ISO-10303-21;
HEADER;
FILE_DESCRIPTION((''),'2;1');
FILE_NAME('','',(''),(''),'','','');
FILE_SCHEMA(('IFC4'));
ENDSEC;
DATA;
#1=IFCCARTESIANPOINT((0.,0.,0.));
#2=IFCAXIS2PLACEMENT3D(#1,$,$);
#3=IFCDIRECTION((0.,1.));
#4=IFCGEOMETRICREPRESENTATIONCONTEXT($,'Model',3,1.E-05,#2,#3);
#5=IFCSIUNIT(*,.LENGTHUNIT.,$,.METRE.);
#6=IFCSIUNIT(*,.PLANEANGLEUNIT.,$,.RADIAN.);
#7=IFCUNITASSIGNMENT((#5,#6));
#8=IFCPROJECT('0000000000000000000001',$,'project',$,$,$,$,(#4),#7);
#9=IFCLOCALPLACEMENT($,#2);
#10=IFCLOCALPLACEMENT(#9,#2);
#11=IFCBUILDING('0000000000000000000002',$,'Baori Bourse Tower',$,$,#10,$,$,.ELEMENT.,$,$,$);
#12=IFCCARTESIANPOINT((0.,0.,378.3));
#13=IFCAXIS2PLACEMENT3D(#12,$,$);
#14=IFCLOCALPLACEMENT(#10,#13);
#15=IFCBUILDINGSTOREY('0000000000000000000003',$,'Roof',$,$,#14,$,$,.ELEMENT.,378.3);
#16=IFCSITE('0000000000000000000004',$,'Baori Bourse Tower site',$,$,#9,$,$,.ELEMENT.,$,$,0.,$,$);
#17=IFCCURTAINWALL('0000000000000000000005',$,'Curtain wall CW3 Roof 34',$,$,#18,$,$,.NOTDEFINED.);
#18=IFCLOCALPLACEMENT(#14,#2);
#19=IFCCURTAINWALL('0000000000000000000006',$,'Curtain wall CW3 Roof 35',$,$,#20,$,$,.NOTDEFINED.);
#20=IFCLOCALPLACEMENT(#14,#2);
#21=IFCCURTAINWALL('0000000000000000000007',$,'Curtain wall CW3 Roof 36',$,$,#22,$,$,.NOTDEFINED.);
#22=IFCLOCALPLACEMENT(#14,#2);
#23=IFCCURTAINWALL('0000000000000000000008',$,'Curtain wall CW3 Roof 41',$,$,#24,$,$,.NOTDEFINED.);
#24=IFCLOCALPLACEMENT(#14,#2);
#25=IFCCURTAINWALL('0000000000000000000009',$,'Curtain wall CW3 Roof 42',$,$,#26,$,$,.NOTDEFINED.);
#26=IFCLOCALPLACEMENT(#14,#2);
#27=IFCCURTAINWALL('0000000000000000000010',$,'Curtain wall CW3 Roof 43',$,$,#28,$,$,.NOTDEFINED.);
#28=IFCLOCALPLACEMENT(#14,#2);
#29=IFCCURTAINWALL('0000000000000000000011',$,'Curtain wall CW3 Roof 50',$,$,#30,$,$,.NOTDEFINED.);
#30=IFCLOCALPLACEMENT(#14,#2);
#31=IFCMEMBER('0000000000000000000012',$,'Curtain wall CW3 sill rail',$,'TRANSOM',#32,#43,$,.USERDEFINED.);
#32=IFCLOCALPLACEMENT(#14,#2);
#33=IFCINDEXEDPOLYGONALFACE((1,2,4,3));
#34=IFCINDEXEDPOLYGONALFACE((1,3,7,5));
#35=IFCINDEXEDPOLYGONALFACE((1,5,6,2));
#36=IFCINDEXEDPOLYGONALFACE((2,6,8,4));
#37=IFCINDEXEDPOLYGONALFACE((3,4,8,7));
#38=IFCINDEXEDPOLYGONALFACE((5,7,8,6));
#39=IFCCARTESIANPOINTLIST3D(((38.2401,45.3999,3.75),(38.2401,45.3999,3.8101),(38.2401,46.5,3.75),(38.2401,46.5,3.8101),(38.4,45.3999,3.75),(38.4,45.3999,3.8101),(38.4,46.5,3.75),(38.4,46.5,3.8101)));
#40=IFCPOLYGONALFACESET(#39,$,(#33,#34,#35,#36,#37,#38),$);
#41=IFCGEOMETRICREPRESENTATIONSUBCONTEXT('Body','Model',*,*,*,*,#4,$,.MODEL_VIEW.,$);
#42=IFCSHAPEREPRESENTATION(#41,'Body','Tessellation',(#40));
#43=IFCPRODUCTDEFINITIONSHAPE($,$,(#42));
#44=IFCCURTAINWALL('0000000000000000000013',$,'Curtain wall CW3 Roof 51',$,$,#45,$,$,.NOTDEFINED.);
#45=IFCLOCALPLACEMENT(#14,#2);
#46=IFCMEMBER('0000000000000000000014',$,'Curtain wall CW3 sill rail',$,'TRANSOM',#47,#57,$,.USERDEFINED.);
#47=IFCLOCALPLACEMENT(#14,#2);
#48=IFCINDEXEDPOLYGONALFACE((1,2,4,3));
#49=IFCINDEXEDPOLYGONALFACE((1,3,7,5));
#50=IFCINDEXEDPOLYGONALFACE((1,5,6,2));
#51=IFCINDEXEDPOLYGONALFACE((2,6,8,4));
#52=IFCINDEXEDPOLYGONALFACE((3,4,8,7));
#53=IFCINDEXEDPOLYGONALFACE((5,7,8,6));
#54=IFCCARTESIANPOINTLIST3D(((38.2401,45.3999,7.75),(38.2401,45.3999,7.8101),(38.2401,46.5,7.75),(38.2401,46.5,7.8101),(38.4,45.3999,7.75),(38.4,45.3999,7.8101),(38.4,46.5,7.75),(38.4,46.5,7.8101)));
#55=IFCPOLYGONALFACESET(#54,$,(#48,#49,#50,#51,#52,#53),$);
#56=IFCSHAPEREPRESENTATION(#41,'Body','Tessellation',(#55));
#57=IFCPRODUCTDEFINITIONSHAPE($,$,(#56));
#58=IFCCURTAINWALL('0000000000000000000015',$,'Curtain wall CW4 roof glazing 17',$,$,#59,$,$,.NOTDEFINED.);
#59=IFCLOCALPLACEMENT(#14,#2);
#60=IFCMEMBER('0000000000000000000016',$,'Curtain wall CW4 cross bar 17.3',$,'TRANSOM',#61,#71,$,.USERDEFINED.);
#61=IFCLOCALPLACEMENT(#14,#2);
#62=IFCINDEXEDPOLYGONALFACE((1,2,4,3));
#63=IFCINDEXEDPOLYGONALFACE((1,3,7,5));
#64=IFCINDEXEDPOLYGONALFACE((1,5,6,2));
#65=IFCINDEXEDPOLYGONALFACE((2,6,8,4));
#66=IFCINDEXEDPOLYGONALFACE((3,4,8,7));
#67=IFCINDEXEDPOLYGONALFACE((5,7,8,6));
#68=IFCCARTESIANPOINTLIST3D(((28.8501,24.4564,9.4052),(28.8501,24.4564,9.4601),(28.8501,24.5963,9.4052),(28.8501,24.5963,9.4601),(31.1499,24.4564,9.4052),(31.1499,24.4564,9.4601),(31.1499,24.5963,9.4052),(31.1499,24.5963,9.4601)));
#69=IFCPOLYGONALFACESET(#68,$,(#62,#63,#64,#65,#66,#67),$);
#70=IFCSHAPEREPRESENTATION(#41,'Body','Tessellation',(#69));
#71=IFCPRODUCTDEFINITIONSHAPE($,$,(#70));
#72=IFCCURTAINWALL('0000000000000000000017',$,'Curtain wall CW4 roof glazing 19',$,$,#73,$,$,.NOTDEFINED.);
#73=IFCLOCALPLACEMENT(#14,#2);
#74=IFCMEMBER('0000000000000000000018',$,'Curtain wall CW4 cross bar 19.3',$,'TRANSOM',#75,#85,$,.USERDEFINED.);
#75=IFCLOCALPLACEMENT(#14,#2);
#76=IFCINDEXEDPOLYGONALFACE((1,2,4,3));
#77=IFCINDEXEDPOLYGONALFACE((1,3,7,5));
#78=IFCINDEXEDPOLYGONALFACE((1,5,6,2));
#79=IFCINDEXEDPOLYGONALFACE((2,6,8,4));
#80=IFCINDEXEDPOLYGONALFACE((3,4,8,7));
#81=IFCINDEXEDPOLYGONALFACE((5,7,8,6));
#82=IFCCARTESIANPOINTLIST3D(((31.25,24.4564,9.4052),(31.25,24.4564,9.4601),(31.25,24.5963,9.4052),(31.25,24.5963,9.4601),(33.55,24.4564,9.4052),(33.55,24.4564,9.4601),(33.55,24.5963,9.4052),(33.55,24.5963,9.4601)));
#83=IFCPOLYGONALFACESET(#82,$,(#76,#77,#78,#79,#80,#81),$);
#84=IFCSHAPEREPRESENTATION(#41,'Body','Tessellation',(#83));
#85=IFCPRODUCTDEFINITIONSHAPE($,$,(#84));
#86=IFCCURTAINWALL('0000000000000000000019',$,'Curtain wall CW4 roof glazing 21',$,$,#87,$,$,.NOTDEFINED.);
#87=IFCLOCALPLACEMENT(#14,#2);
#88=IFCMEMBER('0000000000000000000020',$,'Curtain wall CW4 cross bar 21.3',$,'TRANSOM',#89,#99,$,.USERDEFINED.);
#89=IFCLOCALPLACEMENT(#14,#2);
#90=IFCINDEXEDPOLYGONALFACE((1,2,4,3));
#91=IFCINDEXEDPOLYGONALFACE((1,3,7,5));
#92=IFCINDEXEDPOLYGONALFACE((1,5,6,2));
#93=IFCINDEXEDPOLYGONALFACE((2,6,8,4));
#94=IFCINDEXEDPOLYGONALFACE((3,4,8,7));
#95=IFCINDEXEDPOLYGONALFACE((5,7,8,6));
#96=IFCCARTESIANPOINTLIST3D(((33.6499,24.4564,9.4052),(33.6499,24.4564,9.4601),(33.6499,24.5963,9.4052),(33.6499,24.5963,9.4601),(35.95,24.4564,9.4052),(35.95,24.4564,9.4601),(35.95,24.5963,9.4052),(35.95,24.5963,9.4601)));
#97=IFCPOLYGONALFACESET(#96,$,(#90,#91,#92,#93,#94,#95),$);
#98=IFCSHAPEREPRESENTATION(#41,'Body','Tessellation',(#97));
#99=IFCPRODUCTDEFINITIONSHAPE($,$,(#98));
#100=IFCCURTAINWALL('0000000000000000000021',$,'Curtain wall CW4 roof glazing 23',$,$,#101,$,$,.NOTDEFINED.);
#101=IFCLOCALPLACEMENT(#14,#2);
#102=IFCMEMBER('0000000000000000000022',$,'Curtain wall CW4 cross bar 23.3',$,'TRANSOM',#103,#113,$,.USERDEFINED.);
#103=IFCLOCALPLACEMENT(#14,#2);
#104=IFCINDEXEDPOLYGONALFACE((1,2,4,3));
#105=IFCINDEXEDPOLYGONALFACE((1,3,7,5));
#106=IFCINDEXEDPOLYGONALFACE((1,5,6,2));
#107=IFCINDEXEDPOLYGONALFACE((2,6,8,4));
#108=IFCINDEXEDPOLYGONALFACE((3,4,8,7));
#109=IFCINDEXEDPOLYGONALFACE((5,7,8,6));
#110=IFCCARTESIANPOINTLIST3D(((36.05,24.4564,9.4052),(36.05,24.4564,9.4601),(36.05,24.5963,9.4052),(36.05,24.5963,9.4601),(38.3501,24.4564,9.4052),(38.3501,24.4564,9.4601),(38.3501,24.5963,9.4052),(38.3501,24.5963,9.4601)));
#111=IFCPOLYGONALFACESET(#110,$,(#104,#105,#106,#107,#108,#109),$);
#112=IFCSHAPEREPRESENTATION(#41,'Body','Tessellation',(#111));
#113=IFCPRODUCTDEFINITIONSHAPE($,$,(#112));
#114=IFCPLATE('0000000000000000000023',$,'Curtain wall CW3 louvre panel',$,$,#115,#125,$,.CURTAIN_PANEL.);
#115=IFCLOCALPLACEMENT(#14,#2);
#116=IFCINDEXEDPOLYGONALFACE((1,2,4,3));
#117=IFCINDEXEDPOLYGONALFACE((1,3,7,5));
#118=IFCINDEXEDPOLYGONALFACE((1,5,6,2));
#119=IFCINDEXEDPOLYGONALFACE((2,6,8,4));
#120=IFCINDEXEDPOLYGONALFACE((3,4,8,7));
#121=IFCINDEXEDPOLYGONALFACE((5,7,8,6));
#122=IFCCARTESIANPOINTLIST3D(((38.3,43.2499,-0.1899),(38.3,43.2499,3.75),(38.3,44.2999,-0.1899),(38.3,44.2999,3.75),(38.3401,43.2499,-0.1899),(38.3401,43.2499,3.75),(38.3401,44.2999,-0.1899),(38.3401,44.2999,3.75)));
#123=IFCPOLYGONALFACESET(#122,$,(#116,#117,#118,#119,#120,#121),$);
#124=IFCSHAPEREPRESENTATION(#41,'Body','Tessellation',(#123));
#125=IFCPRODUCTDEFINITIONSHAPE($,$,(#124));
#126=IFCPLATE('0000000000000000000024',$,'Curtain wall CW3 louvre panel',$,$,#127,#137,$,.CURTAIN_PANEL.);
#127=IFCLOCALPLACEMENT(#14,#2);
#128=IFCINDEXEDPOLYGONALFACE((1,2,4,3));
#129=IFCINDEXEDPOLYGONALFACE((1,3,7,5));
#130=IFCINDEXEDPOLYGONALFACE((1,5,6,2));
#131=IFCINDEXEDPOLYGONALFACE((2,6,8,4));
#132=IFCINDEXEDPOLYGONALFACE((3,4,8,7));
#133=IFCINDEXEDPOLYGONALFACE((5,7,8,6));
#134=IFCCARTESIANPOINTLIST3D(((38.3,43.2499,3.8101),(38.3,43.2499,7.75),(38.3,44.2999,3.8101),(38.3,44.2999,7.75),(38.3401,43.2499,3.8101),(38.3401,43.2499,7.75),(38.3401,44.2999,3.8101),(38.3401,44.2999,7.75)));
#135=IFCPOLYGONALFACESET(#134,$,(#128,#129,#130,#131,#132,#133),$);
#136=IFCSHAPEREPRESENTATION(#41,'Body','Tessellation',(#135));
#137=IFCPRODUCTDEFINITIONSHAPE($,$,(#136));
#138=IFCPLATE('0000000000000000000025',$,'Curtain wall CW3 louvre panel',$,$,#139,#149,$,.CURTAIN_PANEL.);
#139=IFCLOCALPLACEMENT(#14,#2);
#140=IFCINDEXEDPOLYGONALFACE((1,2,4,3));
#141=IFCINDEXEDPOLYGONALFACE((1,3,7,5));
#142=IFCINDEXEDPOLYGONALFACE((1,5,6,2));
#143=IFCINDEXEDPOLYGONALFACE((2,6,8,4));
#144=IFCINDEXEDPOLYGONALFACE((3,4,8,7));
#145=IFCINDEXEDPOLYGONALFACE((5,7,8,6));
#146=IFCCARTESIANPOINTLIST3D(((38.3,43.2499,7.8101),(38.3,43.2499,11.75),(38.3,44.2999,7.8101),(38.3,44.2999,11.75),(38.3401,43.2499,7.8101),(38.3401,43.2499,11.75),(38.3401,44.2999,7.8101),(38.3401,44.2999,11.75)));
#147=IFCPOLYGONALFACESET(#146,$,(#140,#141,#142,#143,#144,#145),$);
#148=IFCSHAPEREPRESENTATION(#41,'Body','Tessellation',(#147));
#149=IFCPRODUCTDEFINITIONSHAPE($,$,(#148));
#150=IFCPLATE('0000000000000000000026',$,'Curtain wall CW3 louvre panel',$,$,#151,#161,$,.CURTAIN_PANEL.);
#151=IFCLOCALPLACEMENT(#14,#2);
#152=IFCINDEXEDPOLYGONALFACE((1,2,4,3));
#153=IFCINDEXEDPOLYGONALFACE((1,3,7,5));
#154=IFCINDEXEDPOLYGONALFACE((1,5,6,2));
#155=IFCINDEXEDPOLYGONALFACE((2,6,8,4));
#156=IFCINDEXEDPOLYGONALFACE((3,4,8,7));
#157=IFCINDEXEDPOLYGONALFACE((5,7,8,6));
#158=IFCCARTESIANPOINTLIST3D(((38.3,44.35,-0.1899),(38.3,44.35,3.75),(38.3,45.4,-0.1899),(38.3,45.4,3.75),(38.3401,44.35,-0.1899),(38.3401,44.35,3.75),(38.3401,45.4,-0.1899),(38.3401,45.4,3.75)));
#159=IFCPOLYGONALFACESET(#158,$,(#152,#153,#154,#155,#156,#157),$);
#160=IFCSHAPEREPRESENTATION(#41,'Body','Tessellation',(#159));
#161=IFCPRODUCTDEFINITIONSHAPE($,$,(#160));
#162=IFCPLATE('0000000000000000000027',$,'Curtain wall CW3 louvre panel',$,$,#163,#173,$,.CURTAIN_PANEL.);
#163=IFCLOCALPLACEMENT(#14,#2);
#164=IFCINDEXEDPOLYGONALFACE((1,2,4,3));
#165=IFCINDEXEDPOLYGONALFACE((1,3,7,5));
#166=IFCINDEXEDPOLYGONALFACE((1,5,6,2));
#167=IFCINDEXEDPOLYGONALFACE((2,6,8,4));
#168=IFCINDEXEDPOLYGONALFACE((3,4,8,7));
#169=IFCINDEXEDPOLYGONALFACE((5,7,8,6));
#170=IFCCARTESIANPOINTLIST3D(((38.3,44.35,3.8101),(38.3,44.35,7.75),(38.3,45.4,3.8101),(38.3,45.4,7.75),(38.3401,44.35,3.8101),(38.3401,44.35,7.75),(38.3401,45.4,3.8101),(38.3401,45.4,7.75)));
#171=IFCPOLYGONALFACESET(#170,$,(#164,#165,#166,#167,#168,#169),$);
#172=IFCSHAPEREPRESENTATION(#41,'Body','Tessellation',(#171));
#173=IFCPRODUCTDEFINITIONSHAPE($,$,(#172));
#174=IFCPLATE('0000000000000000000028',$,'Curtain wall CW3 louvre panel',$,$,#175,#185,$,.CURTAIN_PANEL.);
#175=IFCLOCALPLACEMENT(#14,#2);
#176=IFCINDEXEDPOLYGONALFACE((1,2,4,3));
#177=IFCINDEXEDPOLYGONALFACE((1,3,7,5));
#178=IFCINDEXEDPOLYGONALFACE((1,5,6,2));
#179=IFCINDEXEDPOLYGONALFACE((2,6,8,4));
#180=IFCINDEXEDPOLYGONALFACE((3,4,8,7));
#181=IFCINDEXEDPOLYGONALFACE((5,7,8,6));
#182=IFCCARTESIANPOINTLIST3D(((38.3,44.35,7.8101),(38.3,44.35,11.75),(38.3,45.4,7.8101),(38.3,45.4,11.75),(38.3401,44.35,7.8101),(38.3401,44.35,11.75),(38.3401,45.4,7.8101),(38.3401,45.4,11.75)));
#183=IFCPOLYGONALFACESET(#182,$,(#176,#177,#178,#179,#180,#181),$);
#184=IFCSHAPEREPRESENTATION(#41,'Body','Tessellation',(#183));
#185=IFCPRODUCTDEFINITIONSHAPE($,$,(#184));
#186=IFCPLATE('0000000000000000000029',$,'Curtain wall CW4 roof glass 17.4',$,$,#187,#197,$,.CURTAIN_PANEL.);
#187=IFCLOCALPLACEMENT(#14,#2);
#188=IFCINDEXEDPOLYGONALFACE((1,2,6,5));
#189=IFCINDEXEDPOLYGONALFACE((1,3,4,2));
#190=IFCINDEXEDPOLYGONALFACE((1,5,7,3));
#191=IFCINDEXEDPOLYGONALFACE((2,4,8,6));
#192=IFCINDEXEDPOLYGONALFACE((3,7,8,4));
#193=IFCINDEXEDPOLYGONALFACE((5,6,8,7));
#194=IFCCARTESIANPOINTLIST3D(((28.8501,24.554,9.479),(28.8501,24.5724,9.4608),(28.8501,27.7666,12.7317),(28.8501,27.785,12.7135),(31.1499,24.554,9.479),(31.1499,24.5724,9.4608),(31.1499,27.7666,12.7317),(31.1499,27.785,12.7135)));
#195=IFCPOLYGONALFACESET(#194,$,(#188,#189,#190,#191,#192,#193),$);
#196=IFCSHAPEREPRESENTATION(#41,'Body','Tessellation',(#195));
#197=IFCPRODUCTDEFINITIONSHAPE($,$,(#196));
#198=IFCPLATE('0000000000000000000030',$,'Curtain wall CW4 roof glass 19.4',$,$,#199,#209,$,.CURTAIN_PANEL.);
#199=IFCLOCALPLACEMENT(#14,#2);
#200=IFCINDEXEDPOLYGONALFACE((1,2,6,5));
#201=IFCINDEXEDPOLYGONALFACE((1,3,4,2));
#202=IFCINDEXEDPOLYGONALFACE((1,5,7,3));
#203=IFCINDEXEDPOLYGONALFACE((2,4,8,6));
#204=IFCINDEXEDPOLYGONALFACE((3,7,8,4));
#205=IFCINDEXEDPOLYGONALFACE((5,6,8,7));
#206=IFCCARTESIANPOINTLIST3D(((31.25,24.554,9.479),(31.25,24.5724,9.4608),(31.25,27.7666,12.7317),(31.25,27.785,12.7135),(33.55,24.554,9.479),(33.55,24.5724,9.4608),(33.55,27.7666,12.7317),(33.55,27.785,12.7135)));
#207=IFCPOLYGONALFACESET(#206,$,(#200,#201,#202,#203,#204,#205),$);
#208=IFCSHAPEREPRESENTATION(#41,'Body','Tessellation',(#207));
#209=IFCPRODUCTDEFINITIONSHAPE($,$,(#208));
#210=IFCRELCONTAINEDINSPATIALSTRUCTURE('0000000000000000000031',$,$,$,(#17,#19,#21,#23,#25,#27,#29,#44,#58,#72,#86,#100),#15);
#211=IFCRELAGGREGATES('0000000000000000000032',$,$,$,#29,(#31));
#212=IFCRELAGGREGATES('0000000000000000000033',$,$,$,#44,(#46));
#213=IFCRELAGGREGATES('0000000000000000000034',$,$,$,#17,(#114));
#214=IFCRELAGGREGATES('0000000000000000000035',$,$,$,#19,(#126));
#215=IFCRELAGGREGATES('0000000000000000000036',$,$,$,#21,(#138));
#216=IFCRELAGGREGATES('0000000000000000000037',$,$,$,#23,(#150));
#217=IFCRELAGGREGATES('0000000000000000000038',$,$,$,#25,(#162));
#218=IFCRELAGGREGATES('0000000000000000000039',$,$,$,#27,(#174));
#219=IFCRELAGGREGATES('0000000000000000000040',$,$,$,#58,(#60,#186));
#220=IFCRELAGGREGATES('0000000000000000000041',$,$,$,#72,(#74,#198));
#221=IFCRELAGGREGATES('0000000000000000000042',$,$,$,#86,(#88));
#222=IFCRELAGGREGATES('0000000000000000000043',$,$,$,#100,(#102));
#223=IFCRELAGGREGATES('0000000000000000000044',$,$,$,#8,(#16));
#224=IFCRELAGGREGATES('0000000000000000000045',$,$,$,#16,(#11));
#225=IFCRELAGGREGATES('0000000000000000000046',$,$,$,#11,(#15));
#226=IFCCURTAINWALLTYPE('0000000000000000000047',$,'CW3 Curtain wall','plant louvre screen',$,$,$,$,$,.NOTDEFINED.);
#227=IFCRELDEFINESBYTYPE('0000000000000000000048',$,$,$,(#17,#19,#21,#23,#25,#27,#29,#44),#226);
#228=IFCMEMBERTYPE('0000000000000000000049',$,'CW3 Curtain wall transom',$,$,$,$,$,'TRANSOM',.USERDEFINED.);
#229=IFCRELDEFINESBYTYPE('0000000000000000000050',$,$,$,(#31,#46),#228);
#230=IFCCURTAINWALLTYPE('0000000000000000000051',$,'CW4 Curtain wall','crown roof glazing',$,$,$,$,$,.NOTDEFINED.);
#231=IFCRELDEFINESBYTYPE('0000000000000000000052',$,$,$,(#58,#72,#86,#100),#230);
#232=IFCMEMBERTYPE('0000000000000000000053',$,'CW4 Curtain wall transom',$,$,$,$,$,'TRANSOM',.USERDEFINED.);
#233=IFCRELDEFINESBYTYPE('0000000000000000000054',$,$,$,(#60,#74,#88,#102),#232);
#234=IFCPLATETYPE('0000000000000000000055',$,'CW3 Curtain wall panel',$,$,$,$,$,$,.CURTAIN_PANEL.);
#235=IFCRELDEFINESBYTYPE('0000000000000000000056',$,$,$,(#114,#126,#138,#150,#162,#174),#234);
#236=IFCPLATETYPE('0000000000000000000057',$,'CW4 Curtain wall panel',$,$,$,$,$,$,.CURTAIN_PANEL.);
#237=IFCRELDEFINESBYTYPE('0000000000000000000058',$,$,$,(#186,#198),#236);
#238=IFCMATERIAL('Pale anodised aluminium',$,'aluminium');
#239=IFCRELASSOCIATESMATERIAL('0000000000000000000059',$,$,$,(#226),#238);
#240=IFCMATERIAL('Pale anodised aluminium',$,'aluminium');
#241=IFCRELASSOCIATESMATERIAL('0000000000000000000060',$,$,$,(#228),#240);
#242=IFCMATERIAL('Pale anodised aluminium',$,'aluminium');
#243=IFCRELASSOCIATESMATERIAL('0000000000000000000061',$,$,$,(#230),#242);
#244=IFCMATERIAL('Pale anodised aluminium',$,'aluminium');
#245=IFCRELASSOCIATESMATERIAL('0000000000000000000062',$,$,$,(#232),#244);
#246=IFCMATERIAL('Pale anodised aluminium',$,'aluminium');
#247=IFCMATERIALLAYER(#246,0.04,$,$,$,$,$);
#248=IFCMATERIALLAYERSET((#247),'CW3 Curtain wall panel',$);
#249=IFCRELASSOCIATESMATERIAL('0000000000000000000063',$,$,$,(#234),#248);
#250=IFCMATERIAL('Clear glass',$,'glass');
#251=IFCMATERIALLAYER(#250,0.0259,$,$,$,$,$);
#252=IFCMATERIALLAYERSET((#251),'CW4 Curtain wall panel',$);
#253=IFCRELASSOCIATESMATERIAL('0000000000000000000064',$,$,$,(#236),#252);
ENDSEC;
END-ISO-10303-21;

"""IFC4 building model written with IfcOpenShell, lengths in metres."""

from ifc_helpers import new_model, si_unit, direction, frame, origin, origin_2d, place, context, subcontext, project, spatial, polyline, rectangle, outline, extrude, material, layer, layer_set, material_profile, profile_set, type_object, element, aggregate, save


model = new_model("IFC4")

# Units and contexts
model_context = context("Model", 3, precision=1e-05, world=origin(), true_north=direction((0.0, 1.0)))
body_context = subcontext(model_context, "Body", "Model", "MODEL_VIEW")
ifc_project = project(units=[si_unit("LENGTHUNIT", "METRE"), si_unit("PLANEANGLEUNIT", "RADIAN")], contexts=[model_context])

# Site, building, storey
site_placement = place(None, origin())
site = spatial("IfcSite", under=ifc_project, at=site_placement, Name="Baori Bourse Tower site", CompositionType="ELEMENT", RefElevation=0.0)
building_placement = place(site_placement, origin())
building = spatial("IfcBuilding", under=site, at=building_placement, Name="Baori Bourse Tower", CompositionType="ELEMENT")
storey_placement = place(building_placement, frame((0.0, 0.0, 378.3)))
storey = spatial("IfcBuildingStorey", under=building, at=storey_placement, Name="Roof", CompositionType="ELEMENT", Elevation=378.3)

# Curtain walls
ifc_material_1 = material(Name="Pale anodised aluminium", Category="aluminium")
curtain_wall_type_1 = type_object("IfcCurtainWallType", Name="CW3 Curtain wall", Description="plant louvre screen", PredefinedType="NOTDEFINED", material=ifc_material_1)
curtain_wall_1_placement = place(storey_placement, origin())
curtain_wall_1 = element("IfcCurtainWall", 1, at=curtain_wall_1_placement, inside=storey, type_object=curtain_wall_type_1, Name="Curtain wall CW3 Roof 34", PredefinedType="NOTDEFINED")
curtain_wall_2_placement = place(storey_placement, origin())
curtain_wall_2 = element("IfcCurtainWall", 2, at=curtain_wall_2_placement, inside=storey, type_object=curtain_wall_type_1, Name="Curtain wall CW3 Roof 35", PredefinedType="NOTDEFINED")
curtain_wall_3_placement = place(storey_placement, origin())
curtain_wall_3 = element("IfcCurtainWall", 3, at=curtain_wall_3_placement, inside=storey, type_object=curtain_wall_type_1, Name="Curtain wall CW3 Roof 36", PredefinedType="NOTDEFINED")
curtain_wall_4_placement = place(storey_placement, origin())
curtain_wall_4 = element("IfcCurtainWall", 4, at=curtain_wall_4_placement, inside=storey, type_object=curtain_wall_type_1, Name="Curtain wall CW3 Roof 41", PredefinedType="NOTDEFINED")
curtain_wall_5_placement = place(storey_placement, origin())
curtain_wall_5 = element("IfcCurtainWall", 5, at=curtain_wall_5_placement, inside=storey, type_object=curtain_wall_type_1, Name="Curtain wall CW3 Roof 42", PredefinedType="NOTDEFINED")
curtain_wall_6_placement = place(storey_placement, origin())
curtain_wall_6 = element("IfcCurtainWall", 6, at=curtain_wall_6_placement, inside=storey, type_object=curtain_wall_type_1, Name="Curtain wall CW3 Roof 43", PredefinedType="NOTDEFINED")
curtain_wall_7_placement = place(storey_placement, origin())
curtain_wall_7 = element("IfcCurtainWall", 7, at=curtain_wall_7_placement, inside=storey, type_object=curtain_wall_type_1, Name="Curtain wall CW3 Roof 50", PredefinedType="NOTDEFINED")

# Member
ifc_material_2 = material(Name="Pale anodised aluminium", Category="aluminium")
ifc_material_profile_1 = material_profile(ifc_material_2, rectangle(XDim=0.1599, YDim=0.0601, at=origin_2d()), Name="Transom 60x160")
ifc_profile_set_1 = profile_set([ifc_material_profile_1], Name="Pale anodised aluminium")
member_type_1 = type_object("IfcMemberType", Name="CW3 Curtain wall transom", ElementType="TRANSOM", PredefinedType="USERDEFINED", material=ifc_profile_set_1)
member_1_placement = place(storey_placement, frame((38.3201, 45.3999, 3.78), z_axis=(0.0, 1.0, 0.0), x_axis=(-1.0, 0.0, 0.0)))
member_1 = element("IfcMember", 8, at=member_1_placement, type_object=member_type_1, Name="Curtain wall CW3 sill rail", ObjectType="TRANSOM", PredefinedType="USERDEFINED", context=body_context, shape_type="SweptSolid", body=[
    extrude(rectangle(XDim=0.1599, YDim=0.0601, at=origin_2d()), origin(), (0.0, 0.0, 1.0), 1.1001),
])
aggregate(curtain_wall_7, [member_1])

# Curtain walls, members
curtain_wall_8_placement = place(storey_placement, origin())
curtain_wall_8 = element("IfcCurtainWall", 9, at=curtain_wall_8_placement, inside=storey, type_object=curtain_wall_type_1, Name="Curtain wall CW3 Roof 51", PredefinedType="NOTDEFINED")
member_2_placement = place(storey_placement, frame((38.3201, 45.3999, 7.78), z_axis=(0.0, 1.0, 0.0), x_axis=(-1.0, 0.0, 0.0)))
member_2 = element("IfcMember", 10, at=member_2_placement, type_object=member_type_1, Name="Curtain wall CW3 sill rail", ObjectType="TRANSOM", PredefinedType="USERDEFINED", context=body_context, shape_type="SweptSolid", body=[
    extrude(rectangle(XDim=0.1599, YDim=0.0601, at=origin_2d()), origin(), (0.0, 0.0, 1.0), 1.1001),
])
aggregate(curtain_wall_8, [member_2])
ifc_material_3 = material(Name="Pale anodised aluminium", Category="aluminium")
curtain_wall_type_2 = type_object("IfcCurtainWallType", Name="CW4 Curtain wall", Description="crown roof glazing", PredefinedType="NOTDEFINED", material=ifc_material_3)
curtain_wall_9_placement = place(storey_placement, origin())
curtain_wall_9 = element("IfcCurtainWall", 11, at=curtain_wall_9_placement, inside=storey, type_object=curtain_wall_type_2, Name="Curtain wall CW4 roof glazing 17", PredefinedType="NOTDEFINED")
ifc_material_4 = material(Name="Pale anodised aluminium", Category="aluminium")
ifc_material_profile_2 = material_profile(ifc_material_4, rectangle(XDim=0.1399, YDim=0.0549, at=origin_2d()), Name="Transom 55x140")
ifc_profile_set_2 = profile_set([ifc_material_profile_2], Name="Pale anodised aluminium")
member_type_2 = type_object("IfcMemberType", Name="CW4 Curtain wall transom", ElementType="TRANSOM", PredefinedType="USERDEFINED", material=ifc_profile_set_2)
member_3_placement = place(storey_placement, frame((28.8501, 24.5264, 9.4326), z_axis=(1.0, 0.0, 0.0), x_axis=(0.0, 1.0, 0.0)))
member_3 = element("IfcMember", 12, at=member_3_placement, type_object=member_type_2, Name="Curtain wall CW4 cross bar 17.3", ObjectType="TRANSOM", PredefinedType="USERDEFINED", context=body_context, shape_type="SweptSolid", body=[
    extrude(rectangle(XDim=0.1399, YDim=0.0549, at=origin_2d()), origin(), (0.0, 0.0, 1.0), 2.2998),
])
curtain_wall_10_placement = place(storey_placement, origin())
curtain_wall_10 = element("IfcCurtainWall", 13, at=curtain_wall_10_placement, inside=storey, type_object=curtain_wall_type_2, Name="Curtain wall CW4 roof glazing 19", PredefinedType="NOTDEFINED")
member_4_placement = place(storey_placement, frame((31.25, 24.5264, 9.4326), z_axis=(1.0, 0.0, 0.0), x_axis=(0.0, 1.0, 0.0)))
member_4 = element("IfcMember", 14, at=member_4_placement, type_object=member_type_2, Name="Curtain wall CW4 cross bar 19.3", ObjectType="TRANSOM", PredefinedType="USERDEFINED", context=body_context, shape_type="SweptSolid", body=[
    extrude(rectangle(XDim=0.1399, YDim=0.0549, at=origin_2d()), origin(), (0.0, 0.0, 1.0), 2.3),
])
curtain_wall_11_placement = place(storey_placement, origin())
curtain_wall_11 = element("IfcCurtainWall", 15, at=curtain_wall_11_placement, inside=storey, type_object=curtain_wall_type_2, Name="Curtain wall CW4 roof glazing 21", PredefinedType="NOTDEFINED")
member_5_placement = place(storey_placement, frame((33.6499, 24.5264, 9.4326), z_axis=(1.0, 0.0, 0.0), x_axis=(0.0, 1.0, 0.0)))
member_5 = element("IfcMember", 16, at=member_5_placement, type_object=member_type_2, Name="Curtain wall CW4 cross bar 21.3", ObjectType="TRANSOM", PredefinedType="USERDEFINED", context=body_context, shape_type="SweptSolid", body=[
    extrude(rectangle(XDim=0.1399, YDim=0.0549, at=origin_2d()), origin(), (0.0, 0.0, 1.0), 2.3),
])
curtain_wall_12_placement = place(storey_placement, origin())
curtain_wall_12 = element("IfcCurtainWall", 17, at=curtain_wall_12_placement, inside=storey, type_object=curtain_wall_type_2, Name="Curtain wall CW4 roof glazing 23", PredefinedType="NOTDEFINED")
member_6_placement = place(storey_placement, frame((36.05, 24.5264, 9.4326), z_axis=(1.0, 0.0, 0.0), x_axis=(0.0, 1.0, 0.0)))
member_6 = element("IfcMember", 18, at=member_6_placement, type_object=member_type_2, Name="Curtain wall CW4 cross bar 23.3", ObjectType="TRANSOM", PredefinedType="USERDEFINED", context=body_context, shape_type="SweptSolid", body=[
    extrude(rectangle(XDim=0.1399, YDim=0.0549, at=origin_2d()), origin(), (0.0, 0.0, 1.0), 2.3),
])

# Plates
ifc_material_5 = material(Name="Pale anodised aluminium", Category="aluminium")
ifc_layer_1 = layer(ifc_material_5, 0.04)
ifc_layer_set_1 = layer_set([ifc_layer_1], Name="CW3 Curtain wall panel")
plate_type_1 = type_object("IfcPlateType", Name="CW3 Curtain wall panel", PredefinedType="CURTAIN_PANEL", material=ifc_layer_set_1)
plate_1_placement = place(storey_placement, frame((38.3201, 43.7749, -0.1899), z_axis=(0.0, 0.0, 1.0), x_axis=(0.0, 1.0, 0.0)))
plate_1 = element("IfcPlate", 19, at=plate_1_placement, type_object=plate_type_1, Name="Curtain wall CW3 louvre panel", PredefinedType="CURTAIN_PANEL", context=body_context, shape_type="SweptSolid", body=[
    extrude(rectangle(XDim=1.05, YDim=0.04, at=origin_2d()), origin(), (0.0, 0.0, 1.0), 3.9399),
])
aggregate(curtain_wall_1, [plate_1])
plate_2_placement = place(storey_placement, frame((38.3201, 43.7749, 3.8101), z_axis=(0.0, 0.0, 1.0), x_axis=(0.0, 1.0, 0.0)))
plate_2 = element("IfcPlate", 20, at=plate_2_placement, type_object=plate_type_1, Name="Curtain wall CW3 louvre panel", PredefinedType="CURTAIN_PANEL", context=body_context, shape_type="SweptSolid", body=[
    extrude(rectangle(XDim=1.05, YDim=0.04, at=origin_2d()), origin(), (0.0, 0.0, 1.0), 3.9399),
])
aggregate(curtain_wall_2, [plate_2])
plate_3_placement = place(storey_placement, frame((38.3201, 43.7749, 7.8101), z_axis=(0.0, 0.0, 1.0), x_axis=(0.0, 1.0, 0.0)))
plate_3 = element("IfcPlate", 21, at=plate_3_placement, type_object=plate_type_1, Name="Curtain wall CW3 louvre panel", PredefinedType="CURTAIN_PANEL", context=body_context, shape_type="SweptSolid", body=[
    extrude(rectangle(XDim=1.05, YDim=0.04, at=origin_2d()), origin(), (0.0, 0.0, 1.0), 3.9399),
])
aggregate(curtain_wall_3, [plate_3])
plate_4_placement = place(storey_placement, frame((38.3201, 44.875, -0.1899), z_axis=(0.0, 0.0, 1.0), x_axis=(0.0, 1.0, 0.0)))
plate_4 = element("IfcPlate", 22, at=plate_4_placement, type_object=plate_type_1, Name="Curtain wall CW3 louvre panel", PredefinedType="CURTAIN_PANEL", context=body_context, shape_type="SweptSolid", body=[
    extrude(rectangle(XDim=1.05, YDim=0.04, at=origin_2d()), origin(), (0.0, 0.0, 1.0), 3.9399),
])
aggregate(curtain_wall_4, [plate_4])
plate_5_placement = place(storey_placement, frame((38.3201, 44.875, 3.8101), z_axis=(0.0, 0.0, 1.0), x_axis=(0.0, 1.0, 0.0)))
plate_5 = element("IfcPlate", 23, at=plate_5_placement, type_object=plate_type_1, Name="Curtain wall CW3 louvre panel", PredefinedType="CURTAIN_PANEL", context=body_context, shape_type="SweptSolid", body=[
    extrude(rectangle(XDim=1.05, YDim=0.04, at=origin_2d()), origin(), (0.0, 0.0, 1.0), 3.9399),
])
aggregate(curtain_wall_5, [plate_5])
plate_6_placement = place(storey_placement, frame((38.3201, 44.875, 7.8101), z_axis=(0.0, 0.0, 1.0), x_axis=(0.0, 1.0, 0.0)))
plate_6 = element("IfcPlate", 24, at=plate_6_placement, type_object=plate_type_1, Name="Curtain wall CW3 louvre panel", PredefinedType="CURTAIN_PANEL", context=body_context, shape_type="SweptSolid", body=[
    extrude(rectangle(XDim=1.05, YDim=0.04, at=origin_2d()), origin(), (0.0, 0.0, 1.0), 3.9399),
])
aggregate(curtain_wall_6, [plate_6])
ifc_material_6 = material(Name="Clear glass", Category="glass")
ifc_layer_2 = layer(ifc_material_6, 0.0259)
ifc_layer_set_2 = layer_set([ifc_layer_2], Name="CW4 Curtain wall panel")
plate_type_2 = type_object("IfcPlateType", Name="CW4 Curtain wall panel", PredefinedType="CURTAIN_PANEL", material=ifc_layer_set_2)
plate_7_placement = place(storey_placement, frame((28.8501, 24.554, 9.479), z_axis=(0.0, -0.711472, 0.702714), x_axis=(1.0, 0.0, 0.0)))
plate_7 = element("IfcPlate", 25, at=plate_7_placement, type_object=plate_type_2, Name="Curtain wall CW4 roof glass 17.4", PredefinedType="CURTAIN_PANEL", context=body_context, shape_type="SweptSolid", body=[
    extrude(outline(polyline([(0.0, 0.0), (2.2998, 0.0), (2.2998, 4.5718), (0.0, 4.5718), (0.0, 0.0)])), origin(), (0.0, 0.0, -1.0), 0.0259),
])
aggregate(curtain_wall_9, [member_3, plate_7])
plate_8_placement = place(storey_placement, frame((31.25, 24.554, 9.479), z_axis=(0.0, -0.711472, 0.702714), x_axis=(1.0, 0.0, 0.0)))
plate_8 = element("IfcPlate", 26, at=plate_8_placement, type_object=plate_type_2, Name="Curtain wall CW4 roof glass 19.4", PredefinedType="CURTAIN_PANEL", context=body_context, shape_type="SweptSolid", body=[
    extrude(outline(polyline([(0.0, 0.0), (2.3, 0.0), (2.3, 4.5718), (0.0, 4.5718), (0.0, 0.0)])), origin(), (0.0, 0.0, -1.0), 0.0259),
])
aggregate(curtain_wall_10, [member_4, plate_8])
aggregate(curtain_wall_11, [member_5])
aggregate(curtain_wall_12, [member_6])

save(model, "model.ifc")
